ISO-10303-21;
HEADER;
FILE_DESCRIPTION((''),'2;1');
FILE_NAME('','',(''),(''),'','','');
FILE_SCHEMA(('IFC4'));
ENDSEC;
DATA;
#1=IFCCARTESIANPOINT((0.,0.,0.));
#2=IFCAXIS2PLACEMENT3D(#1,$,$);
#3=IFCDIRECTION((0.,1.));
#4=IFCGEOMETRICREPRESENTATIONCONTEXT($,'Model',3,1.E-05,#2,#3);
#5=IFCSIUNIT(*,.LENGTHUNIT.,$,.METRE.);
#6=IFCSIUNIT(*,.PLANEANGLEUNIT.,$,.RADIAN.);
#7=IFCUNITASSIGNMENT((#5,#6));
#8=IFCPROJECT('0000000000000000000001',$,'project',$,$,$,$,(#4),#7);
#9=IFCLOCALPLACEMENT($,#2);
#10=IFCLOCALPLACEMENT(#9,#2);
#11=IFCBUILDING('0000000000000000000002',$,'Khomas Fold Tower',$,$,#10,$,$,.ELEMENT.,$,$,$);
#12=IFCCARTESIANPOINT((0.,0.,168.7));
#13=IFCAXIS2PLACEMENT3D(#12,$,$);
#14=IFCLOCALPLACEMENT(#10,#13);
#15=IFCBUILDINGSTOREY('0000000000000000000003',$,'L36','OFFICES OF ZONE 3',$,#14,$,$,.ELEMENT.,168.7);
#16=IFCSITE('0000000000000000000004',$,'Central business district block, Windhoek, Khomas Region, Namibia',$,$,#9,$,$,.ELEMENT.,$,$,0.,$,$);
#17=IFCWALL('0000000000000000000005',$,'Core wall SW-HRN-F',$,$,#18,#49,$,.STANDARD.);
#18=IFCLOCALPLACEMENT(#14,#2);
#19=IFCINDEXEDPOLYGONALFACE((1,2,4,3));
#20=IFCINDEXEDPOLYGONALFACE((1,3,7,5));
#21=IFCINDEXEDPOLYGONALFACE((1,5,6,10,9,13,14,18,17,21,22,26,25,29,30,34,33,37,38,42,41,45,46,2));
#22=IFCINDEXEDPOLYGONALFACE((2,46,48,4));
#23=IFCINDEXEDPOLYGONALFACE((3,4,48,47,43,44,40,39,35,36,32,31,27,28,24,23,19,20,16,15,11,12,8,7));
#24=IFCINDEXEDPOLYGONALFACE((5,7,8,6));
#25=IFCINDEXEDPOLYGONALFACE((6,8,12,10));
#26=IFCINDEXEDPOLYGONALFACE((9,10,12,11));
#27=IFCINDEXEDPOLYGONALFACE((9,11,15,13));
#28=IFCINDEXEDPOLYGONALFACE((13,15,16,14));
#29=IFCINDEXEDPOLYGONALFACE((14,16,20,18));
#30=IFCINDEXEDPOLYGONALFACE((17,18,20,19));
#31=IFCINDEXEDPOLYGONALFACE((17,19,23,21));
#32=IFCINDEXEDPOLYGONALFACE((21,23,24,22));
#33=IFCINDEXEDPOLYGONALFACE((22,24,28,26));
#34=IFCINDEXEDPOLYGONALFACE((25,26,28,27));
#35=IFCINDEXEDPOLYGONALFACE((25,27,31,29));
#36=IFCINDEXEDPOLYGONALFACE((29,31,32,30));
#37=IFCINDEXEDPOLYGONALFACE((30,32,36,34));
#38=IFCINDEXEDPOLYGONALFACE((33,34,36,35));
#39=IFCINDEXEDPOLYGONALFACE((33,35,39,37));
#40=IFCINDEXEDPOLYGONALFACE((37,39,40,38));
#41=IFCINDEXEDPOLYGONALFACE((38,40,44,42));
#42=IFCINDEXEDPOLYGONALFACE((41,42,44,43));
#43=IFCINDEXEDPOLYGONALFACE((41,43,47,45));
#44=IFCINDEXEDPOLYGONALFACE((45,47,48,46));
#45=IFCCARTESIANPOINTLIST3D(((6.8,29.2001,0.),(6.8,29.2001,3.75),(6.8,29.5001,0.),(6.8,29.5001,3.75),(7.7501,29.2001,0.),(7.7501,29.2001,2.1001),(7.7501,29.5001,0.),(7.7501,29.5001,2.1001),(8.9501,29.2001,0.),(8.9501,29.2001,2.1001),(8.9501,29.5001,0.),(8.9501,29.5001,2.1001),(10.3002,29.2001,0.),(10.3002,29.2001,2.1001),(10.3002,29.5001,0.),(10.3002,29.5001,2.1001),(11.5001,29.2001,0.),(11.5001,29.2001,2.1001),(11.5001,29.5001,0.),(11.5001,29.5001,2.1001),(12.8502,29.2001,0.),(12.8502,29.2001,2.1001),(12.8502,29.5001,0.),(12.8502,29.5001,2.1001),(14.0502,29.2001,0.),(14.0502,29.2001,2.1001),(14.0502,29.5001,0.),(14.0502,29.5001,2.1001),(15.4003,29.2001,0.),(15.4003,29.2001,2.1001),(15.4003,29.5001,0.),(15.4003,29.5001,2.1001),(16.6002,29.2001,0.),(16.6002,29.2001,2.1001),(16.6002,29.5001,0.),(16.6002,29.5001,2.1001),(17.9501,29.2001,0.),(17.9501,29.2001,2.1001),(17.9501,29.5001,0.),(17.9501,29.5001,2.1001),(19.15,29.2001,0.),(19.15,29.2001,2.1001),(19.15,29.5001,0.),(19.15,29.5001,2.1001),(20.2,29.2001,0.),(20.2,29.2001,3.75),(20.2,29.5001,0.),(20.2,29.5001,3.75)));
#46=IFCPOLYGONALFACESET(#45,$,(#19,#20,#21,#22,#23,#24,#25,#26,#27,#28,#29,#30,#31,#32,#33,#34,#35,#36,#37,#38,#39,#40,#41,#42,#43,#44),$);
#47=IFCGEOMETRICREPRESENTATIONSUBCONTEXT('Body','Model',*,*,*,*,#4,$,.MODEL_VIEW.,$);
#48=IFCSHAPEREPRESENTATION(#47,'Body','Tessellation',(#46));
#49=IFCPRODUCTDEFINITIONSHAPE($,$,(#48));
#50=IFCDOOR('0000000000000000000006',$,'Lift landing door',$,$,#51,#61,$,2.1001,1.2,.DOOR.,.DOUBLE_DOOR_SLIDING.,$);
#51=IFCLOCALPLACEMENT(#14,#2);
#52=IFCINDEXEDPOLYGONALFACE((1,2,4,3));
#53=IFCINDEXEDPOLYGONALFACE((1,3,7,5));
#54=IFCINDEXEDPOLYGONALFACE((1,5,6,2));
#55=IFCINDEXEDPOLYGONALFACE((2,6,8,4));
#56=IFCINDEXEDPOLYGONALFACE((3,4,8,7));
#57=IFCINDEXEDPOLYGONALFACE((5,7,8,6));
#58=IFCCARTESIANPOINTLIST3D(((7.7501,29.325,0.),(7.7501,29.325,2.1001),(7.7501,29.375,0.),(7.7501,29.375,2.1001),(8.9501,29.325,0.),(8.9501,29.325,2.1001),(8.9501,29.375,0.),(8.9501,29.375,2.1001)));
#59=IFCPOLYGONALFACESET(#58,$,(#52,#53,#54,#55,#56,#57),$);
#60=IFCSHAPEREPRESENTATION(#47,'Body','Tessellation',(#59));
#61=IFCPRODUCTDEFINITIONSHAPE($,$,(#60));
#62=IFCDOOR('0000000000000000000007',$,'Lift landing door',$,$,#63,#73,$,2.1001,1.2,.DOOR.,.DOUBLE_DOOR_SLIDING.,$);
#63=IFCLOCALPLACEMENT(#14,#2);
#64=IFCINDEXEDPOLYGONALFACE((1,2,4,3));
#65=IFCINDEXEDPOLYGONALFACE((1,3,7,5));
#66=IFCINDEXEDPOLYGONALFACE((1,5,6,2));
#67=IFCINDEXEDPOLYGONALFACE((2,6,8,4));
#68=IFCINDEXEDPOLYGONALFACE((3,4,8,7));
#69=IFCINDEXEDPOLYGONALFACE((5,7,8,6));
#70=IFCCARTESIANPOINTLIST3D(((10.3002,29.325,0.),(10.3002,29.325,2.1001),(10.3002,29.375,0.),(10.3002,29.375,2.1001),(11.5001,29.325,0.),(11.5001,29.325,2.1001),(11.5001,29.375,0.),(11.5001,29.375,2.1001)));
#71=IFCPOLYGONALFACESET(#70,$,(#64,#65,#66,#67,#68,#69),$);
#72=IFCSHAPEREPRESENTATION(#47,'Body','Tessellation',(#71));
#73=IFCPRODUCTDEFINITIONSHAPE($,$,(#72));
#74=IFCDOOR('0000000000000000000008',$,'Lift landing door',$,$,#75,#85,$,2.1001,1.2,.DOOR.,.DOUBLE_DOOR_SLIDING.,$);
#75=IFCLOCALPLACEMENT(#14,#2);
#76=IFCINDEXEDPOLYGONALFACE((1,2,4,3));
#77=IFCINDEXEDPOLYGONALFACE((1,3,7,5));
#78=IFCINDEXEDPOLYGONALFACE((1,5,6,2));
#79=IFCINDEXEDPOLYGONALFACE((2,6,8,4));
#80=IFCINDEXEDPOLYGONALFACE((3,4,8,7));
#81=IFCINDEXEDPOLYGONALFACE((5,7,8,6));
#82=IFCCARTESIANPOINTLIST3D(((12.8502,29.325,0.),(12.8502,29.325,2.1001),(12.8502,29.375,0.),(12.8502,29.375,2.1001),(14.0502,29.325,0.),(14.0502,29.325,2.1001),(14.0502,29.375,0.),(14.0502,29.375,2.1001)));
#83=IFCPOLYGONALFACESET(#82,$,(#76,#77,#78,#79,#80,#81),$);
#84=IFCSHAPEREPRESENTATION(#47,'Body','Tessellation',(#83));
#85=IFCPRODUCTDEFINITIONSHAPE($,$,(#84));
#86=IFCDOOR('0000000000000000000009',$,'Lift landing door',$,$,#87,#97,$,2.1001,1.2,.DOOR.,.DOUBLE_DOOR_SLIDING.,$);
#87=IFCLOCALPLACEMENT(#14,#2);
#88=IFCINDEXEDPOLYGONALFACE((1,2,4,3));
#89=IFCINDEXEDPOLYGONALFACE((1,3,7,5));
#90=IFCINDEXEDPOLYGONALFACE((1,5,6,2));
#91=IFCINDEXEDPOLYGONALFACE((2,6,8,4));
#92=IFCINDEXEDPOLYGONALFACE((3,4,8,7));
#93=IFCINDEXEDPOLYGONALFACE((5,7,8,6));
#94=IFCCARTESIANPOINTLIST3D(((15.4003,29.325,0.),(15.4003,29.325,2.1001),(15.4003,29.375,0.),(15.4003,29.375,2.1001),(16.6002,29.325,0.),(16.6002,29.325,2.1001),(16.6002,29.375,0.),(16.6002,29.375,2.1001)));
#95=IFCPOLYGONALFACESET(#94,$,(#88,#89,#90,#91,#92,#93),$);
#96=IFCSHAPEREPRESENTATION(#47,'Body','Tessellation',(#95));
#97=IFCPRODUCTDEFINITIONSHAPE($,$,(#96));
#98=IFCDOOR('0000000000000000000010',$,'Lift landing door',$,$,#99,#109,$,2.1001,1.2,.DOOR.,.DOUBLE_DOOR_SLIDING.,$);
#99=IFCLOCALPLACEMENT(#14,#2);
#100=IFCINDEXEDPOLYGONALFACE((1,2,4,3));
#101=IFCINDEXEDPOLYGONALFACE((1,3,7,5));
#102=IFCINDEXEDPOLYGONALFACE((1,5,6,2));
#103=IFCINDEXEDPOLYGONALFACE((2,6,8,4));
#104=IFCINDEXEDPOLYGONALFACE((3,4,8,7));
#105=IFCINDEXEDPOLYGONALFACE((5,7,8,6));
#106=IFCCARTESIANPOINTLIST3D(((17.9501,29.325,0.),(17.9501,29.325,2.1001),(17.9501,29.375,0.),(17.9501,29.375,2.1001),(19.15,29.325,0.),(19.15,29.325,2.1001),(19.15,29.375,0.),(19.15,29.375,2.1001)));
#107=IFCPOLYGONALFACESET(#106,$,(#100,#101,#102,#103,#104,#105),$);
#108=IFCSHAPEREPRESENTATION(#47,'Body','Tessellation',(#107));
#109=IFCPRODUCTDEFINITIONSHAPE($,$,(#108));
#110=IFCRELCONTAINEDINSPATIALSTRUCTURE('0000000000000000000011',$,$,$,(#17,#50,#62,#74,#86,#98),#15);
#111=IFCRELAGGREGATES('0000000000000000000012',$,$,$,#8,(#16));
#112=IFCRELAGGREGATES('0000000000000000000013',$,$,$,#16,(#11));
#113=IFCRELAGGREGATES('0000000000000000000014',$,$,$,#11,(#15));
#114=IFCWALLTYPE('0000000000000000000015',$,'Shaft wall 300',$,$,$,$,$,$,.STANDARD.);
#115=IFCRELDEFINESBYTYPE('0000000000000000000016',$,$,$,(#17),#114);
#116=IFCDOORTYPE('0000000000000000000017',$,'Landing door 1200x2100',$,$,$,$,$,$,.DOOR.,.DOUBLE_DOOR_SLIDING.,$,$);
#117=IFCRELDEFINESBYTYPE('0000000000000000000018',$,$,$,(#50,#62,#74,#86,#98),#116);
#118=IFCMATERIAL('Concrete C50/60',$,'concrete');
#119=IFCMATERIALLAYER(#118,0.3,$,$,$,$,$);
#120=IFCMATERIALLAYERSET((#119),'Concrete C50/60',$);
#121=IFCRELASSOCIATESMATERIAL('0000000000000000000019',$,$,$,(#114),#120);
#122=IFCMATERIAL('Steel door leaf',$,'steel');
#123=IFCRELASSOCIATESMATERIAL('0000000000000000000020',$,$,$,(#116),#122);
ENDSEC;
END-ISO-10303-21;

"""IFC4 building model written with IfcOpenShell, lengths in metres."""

from ifc_helpers import new_model, si_unit, direction, frame, frame_2d, origin, place, context, subcontext, project, spatial, rectangle, extrude, source, transform, mapped, material, layer, layer_set, type_object, element, fill, save


model = new_model("IFC4")

# Units and contexts
model_context = context("Model", 3, precision=1e-05, world=origin(), true_north=direction((0.0, 1.0)))
body_context = subcontext(model_context, "Body", "Model", "MODEL_VIEW")
ifc_project = project(units=[si_unit("LENGTHUNIT", "METRE"), si_unit("PLANEANGLEUNIT", "RADIAN")], contexts=[model_context])

# Site, building, storey
site_placement = place(None, origin())
site = spatial("IfcSite", under=ifc_project, at=site_placement, Name="Central business district block, Windhoek, Khomas Region, Namibia", CompositionType="ELEMENT", RefElevation=0.0)
building_placement = place(site_placement, origin())
building = spatial("IfcBuilding", under=site, at=building_placement, Name="Khomas Fold Tower", CompositionType="ELEMENT")
storey_placement = place(building_placement, frame((0.0, 0.0, 168.7)))
storey = spatial("IfcBuildingStorey", under=building, at=storey_placement, Name="L36", Description="OFFICES OF ZONE 3", CompositionType="ELEMENT", Elevation=168.7)

# Shared definitions
ifc_material_1 = material(Name="Concrete C50/60", Category="concrete")
ifc_layer_1 = layer(ifc_material_1, 0.3)
ifc_layer_set_1 = layer_set([ifc_layer_1], Name="Concrete C50/60")
wall_type_1 = type_object("IfcWallType", Name="Shaft wall 300", PredefinedType="STANDARD", material=ifc_layer_set_1)
shared_shape_1 = source(origin(), body_context, "Body", "SweptSolid", [
    extrude(rectangle(XDim=13.3999, YDim=0.3, at=frame_2d((6.7, 0.0))), origin(), (0.0, 0.0, 1.0), 3.75),
])

# Wall, openings, doors
wall_1_placement = place(storey_placement, frame((6.8, 29.3501, 0.0), z_axis=(0.0, 0.0, 1.0), x_axis=(1.0, 0.0, 0.0)))
wall_1 = element("IfcWall", 1, at=wall_1_placement, inside=storey, type_object=wall_type_1, Name="Core wall SW-HRN-F", PredefinedType="STANDARD", context=body_context, shape_type="MappedRepresentation", body=[
    mapped(shared_shape_1, transform((0.0, 0.0, 0.0))),
])
shared_shape_2 = source(origin(), body_context, "Body", "SweptSolid", [
    extrude(rectangle(XDim=1.2, YDim=2.1001, at=frame_2d((0.6001, 1.05))), frame((0.0, 0.1599, 0.0), z_axis=(0.0, -1.0, 0.0), x_axis=(1.0, 0.0, 0.0)), (0.0, 0.0, 1.0), 0.3201),
])
opening_1_placement = place(wall_1_placement, frame((0.95, 0.0, 0.0)))
opening_1 = element("IfcOpeningElement", 2, at=opening_1_placement, cuts=wall_1, PredefinedType="OPENING", context=body_context, shape_type="MappedRepresentation", body=[
    mapped(shared_shape_2, transform((0.0, 0.0, 0.0))),
])
opening_2_placement = place(wall_1_placement, frame((3.5, 0.0, 0.0)))
opening_2 = element("IfcOpeningElement", 3, at=opening_2_placement, cuts=wall_1, PredefinedType="OPENING", context=body_context, shape_type="MappedRepresentation", body=[
    mapped(shared_shape_2, transform((0.0, 0.0, 0.0))),
])
opening_3_placement = place(wall_1_placement, frame((6.05, 0.0, 0.0)))
opening_3 = element("IfcOpeningElement", 4, at=opening_3_placement, cuts=wall_1, PredefinedType="OPENING", context=body_context, shape_type="MappedRepresentation", body=[
    mapped(shared_shape_2, transform((0.0, 0.0, 0.0))),
])
opening_4_placement = place(wall_1_placement, frame((8.6001, 0.0, 0.0)))
opening_4 = element("IfcOpeningElement", 5, at=opening_4_placement, cuts=wall_1, PredefinedType="OPENING", context=body_context, shape_type="MappedRepresentation", body=[
    mapped(shared_shape_2, transform((0.0, 0.0, 0.0))),
])
opening_5_placement = place(wall_1_placement, frame((11.1499, 0.0, 0.0)))
opening_5 = element("IfcOpeningElement", 6, at=opening_5_placement, cuts=wall_1, PredefinedType="OPENING", context=body_context, shape_type="MappedRepresentation", body=[
    mapped(shared_shape_2, transform((0.0, 0.0, 0.0))),
])
ifc_material_2 = material(Name="Steel door leaf", Category="steel")
door_type = type_object("IfcDoorType", Name="Landing door 1200x2100", OperationType="DOUBLE_DOOR_SLIDING", PredefinedType="DOOR", material=ifc_material_2)
shared_shape_3 = source(origin(), body_context, "Body", "SweptSolid", [
    extrude(rectangle(XDim=1.2, YDim=2.1001, at=frame_2d((0.6001, 1.05))), frame((0.0, 0.0249, 0.0), z_axis=(0.0, -1.0, 0.0), x_axis=(1.0, 0.0, 0.0)), (0.0, 0.0, 1.0), 0.05),
])
door_1_placement = place(opening_1_placement, origin())
door_1 = element("IfcDoor", 7, at=door_1_placement, inside=storey, type_object=door_type, Name="Lift landing door", OperationType="DOUBLE_DOOR_SLIDING", OverallHeight=2.1001, OverallWidth=1.2, PredefinedType="DOOR", context=body_context, shape_type="MappedRepresentation", body=[
    mapped(shared_shape_3, transform((0.0, 0.0, 0.0))),
])
fill(opening_1, door_1)
door_2_placement = place(opening_2_placement, origin())
door_2 = element("IfcDoor", 8, at=door_2_placement, inside=storey, type_object=door_type, Name="Lift landing door", OperationType="DOUBLE_DOOR_SLIDING", OverallHeight=2.1001, OverallWidth=1.2, PredefinedType="DOOR", context=body_context, shape_type="MappedRepresentation", body=[
    mapped(shared_shape_3, transform((0.0, 0.0, 0.0))),
])
fill(opening_2, door_2)
door_3_placement = place(opening_3_placement, origin())
door_3 = element("IfcDoor", 9, at=door_3_placement, inside=storey, type_object=door_type, Name="Lift landing door", OperationType="DOUBLE_DOOR_SLIDING", OverallHeight=2.1001, OverallWidth=1.2, PredefinedType="DOOR", context=body_context, shape_type="MappedRepresentation", body=[
    mapped(shared_shape_3, transform((0.0, 0.0, 0.0))),
])
fill(opening_3, door_3)
door_4_placement = place(opening_4_placement, origin())
door_4 = element("IfcDoor", 10, at=door_4_placement, inside=storey, type_object=door_type, Name="Lift landing door", OperationType="DOUBLE_DOOR_SLIDING", OverallHeight=2.1001, OverallWidth=1.2, PredefinedType="DOOR", context=body_context, shape_type="MappedRepresentation", body=[
    mapped(shared_shape_3, transform((0.0, 0.0, 0.0))),
])
fill(opening_4, door_4)
door_5_placement = place(opening_5_placement, origin())
door_5 = element("IfcDoor", 11, at=door_5_placement, inside=storey, type_object=door_type, Name="Lift landing door", OperationType="DOUBLE_DOOR_SLIDING", OverallHeight=2.1001, OverallWidth=1.2, PredefinedType="DOOR", context=body_context, shape_type="MappedRepresentation", body=[
    mapped(shared_shape_3, transform((0.0, 0.0, 0.0))),
])
fill(opening_5, door_5)

save(model, "model.ifc")
